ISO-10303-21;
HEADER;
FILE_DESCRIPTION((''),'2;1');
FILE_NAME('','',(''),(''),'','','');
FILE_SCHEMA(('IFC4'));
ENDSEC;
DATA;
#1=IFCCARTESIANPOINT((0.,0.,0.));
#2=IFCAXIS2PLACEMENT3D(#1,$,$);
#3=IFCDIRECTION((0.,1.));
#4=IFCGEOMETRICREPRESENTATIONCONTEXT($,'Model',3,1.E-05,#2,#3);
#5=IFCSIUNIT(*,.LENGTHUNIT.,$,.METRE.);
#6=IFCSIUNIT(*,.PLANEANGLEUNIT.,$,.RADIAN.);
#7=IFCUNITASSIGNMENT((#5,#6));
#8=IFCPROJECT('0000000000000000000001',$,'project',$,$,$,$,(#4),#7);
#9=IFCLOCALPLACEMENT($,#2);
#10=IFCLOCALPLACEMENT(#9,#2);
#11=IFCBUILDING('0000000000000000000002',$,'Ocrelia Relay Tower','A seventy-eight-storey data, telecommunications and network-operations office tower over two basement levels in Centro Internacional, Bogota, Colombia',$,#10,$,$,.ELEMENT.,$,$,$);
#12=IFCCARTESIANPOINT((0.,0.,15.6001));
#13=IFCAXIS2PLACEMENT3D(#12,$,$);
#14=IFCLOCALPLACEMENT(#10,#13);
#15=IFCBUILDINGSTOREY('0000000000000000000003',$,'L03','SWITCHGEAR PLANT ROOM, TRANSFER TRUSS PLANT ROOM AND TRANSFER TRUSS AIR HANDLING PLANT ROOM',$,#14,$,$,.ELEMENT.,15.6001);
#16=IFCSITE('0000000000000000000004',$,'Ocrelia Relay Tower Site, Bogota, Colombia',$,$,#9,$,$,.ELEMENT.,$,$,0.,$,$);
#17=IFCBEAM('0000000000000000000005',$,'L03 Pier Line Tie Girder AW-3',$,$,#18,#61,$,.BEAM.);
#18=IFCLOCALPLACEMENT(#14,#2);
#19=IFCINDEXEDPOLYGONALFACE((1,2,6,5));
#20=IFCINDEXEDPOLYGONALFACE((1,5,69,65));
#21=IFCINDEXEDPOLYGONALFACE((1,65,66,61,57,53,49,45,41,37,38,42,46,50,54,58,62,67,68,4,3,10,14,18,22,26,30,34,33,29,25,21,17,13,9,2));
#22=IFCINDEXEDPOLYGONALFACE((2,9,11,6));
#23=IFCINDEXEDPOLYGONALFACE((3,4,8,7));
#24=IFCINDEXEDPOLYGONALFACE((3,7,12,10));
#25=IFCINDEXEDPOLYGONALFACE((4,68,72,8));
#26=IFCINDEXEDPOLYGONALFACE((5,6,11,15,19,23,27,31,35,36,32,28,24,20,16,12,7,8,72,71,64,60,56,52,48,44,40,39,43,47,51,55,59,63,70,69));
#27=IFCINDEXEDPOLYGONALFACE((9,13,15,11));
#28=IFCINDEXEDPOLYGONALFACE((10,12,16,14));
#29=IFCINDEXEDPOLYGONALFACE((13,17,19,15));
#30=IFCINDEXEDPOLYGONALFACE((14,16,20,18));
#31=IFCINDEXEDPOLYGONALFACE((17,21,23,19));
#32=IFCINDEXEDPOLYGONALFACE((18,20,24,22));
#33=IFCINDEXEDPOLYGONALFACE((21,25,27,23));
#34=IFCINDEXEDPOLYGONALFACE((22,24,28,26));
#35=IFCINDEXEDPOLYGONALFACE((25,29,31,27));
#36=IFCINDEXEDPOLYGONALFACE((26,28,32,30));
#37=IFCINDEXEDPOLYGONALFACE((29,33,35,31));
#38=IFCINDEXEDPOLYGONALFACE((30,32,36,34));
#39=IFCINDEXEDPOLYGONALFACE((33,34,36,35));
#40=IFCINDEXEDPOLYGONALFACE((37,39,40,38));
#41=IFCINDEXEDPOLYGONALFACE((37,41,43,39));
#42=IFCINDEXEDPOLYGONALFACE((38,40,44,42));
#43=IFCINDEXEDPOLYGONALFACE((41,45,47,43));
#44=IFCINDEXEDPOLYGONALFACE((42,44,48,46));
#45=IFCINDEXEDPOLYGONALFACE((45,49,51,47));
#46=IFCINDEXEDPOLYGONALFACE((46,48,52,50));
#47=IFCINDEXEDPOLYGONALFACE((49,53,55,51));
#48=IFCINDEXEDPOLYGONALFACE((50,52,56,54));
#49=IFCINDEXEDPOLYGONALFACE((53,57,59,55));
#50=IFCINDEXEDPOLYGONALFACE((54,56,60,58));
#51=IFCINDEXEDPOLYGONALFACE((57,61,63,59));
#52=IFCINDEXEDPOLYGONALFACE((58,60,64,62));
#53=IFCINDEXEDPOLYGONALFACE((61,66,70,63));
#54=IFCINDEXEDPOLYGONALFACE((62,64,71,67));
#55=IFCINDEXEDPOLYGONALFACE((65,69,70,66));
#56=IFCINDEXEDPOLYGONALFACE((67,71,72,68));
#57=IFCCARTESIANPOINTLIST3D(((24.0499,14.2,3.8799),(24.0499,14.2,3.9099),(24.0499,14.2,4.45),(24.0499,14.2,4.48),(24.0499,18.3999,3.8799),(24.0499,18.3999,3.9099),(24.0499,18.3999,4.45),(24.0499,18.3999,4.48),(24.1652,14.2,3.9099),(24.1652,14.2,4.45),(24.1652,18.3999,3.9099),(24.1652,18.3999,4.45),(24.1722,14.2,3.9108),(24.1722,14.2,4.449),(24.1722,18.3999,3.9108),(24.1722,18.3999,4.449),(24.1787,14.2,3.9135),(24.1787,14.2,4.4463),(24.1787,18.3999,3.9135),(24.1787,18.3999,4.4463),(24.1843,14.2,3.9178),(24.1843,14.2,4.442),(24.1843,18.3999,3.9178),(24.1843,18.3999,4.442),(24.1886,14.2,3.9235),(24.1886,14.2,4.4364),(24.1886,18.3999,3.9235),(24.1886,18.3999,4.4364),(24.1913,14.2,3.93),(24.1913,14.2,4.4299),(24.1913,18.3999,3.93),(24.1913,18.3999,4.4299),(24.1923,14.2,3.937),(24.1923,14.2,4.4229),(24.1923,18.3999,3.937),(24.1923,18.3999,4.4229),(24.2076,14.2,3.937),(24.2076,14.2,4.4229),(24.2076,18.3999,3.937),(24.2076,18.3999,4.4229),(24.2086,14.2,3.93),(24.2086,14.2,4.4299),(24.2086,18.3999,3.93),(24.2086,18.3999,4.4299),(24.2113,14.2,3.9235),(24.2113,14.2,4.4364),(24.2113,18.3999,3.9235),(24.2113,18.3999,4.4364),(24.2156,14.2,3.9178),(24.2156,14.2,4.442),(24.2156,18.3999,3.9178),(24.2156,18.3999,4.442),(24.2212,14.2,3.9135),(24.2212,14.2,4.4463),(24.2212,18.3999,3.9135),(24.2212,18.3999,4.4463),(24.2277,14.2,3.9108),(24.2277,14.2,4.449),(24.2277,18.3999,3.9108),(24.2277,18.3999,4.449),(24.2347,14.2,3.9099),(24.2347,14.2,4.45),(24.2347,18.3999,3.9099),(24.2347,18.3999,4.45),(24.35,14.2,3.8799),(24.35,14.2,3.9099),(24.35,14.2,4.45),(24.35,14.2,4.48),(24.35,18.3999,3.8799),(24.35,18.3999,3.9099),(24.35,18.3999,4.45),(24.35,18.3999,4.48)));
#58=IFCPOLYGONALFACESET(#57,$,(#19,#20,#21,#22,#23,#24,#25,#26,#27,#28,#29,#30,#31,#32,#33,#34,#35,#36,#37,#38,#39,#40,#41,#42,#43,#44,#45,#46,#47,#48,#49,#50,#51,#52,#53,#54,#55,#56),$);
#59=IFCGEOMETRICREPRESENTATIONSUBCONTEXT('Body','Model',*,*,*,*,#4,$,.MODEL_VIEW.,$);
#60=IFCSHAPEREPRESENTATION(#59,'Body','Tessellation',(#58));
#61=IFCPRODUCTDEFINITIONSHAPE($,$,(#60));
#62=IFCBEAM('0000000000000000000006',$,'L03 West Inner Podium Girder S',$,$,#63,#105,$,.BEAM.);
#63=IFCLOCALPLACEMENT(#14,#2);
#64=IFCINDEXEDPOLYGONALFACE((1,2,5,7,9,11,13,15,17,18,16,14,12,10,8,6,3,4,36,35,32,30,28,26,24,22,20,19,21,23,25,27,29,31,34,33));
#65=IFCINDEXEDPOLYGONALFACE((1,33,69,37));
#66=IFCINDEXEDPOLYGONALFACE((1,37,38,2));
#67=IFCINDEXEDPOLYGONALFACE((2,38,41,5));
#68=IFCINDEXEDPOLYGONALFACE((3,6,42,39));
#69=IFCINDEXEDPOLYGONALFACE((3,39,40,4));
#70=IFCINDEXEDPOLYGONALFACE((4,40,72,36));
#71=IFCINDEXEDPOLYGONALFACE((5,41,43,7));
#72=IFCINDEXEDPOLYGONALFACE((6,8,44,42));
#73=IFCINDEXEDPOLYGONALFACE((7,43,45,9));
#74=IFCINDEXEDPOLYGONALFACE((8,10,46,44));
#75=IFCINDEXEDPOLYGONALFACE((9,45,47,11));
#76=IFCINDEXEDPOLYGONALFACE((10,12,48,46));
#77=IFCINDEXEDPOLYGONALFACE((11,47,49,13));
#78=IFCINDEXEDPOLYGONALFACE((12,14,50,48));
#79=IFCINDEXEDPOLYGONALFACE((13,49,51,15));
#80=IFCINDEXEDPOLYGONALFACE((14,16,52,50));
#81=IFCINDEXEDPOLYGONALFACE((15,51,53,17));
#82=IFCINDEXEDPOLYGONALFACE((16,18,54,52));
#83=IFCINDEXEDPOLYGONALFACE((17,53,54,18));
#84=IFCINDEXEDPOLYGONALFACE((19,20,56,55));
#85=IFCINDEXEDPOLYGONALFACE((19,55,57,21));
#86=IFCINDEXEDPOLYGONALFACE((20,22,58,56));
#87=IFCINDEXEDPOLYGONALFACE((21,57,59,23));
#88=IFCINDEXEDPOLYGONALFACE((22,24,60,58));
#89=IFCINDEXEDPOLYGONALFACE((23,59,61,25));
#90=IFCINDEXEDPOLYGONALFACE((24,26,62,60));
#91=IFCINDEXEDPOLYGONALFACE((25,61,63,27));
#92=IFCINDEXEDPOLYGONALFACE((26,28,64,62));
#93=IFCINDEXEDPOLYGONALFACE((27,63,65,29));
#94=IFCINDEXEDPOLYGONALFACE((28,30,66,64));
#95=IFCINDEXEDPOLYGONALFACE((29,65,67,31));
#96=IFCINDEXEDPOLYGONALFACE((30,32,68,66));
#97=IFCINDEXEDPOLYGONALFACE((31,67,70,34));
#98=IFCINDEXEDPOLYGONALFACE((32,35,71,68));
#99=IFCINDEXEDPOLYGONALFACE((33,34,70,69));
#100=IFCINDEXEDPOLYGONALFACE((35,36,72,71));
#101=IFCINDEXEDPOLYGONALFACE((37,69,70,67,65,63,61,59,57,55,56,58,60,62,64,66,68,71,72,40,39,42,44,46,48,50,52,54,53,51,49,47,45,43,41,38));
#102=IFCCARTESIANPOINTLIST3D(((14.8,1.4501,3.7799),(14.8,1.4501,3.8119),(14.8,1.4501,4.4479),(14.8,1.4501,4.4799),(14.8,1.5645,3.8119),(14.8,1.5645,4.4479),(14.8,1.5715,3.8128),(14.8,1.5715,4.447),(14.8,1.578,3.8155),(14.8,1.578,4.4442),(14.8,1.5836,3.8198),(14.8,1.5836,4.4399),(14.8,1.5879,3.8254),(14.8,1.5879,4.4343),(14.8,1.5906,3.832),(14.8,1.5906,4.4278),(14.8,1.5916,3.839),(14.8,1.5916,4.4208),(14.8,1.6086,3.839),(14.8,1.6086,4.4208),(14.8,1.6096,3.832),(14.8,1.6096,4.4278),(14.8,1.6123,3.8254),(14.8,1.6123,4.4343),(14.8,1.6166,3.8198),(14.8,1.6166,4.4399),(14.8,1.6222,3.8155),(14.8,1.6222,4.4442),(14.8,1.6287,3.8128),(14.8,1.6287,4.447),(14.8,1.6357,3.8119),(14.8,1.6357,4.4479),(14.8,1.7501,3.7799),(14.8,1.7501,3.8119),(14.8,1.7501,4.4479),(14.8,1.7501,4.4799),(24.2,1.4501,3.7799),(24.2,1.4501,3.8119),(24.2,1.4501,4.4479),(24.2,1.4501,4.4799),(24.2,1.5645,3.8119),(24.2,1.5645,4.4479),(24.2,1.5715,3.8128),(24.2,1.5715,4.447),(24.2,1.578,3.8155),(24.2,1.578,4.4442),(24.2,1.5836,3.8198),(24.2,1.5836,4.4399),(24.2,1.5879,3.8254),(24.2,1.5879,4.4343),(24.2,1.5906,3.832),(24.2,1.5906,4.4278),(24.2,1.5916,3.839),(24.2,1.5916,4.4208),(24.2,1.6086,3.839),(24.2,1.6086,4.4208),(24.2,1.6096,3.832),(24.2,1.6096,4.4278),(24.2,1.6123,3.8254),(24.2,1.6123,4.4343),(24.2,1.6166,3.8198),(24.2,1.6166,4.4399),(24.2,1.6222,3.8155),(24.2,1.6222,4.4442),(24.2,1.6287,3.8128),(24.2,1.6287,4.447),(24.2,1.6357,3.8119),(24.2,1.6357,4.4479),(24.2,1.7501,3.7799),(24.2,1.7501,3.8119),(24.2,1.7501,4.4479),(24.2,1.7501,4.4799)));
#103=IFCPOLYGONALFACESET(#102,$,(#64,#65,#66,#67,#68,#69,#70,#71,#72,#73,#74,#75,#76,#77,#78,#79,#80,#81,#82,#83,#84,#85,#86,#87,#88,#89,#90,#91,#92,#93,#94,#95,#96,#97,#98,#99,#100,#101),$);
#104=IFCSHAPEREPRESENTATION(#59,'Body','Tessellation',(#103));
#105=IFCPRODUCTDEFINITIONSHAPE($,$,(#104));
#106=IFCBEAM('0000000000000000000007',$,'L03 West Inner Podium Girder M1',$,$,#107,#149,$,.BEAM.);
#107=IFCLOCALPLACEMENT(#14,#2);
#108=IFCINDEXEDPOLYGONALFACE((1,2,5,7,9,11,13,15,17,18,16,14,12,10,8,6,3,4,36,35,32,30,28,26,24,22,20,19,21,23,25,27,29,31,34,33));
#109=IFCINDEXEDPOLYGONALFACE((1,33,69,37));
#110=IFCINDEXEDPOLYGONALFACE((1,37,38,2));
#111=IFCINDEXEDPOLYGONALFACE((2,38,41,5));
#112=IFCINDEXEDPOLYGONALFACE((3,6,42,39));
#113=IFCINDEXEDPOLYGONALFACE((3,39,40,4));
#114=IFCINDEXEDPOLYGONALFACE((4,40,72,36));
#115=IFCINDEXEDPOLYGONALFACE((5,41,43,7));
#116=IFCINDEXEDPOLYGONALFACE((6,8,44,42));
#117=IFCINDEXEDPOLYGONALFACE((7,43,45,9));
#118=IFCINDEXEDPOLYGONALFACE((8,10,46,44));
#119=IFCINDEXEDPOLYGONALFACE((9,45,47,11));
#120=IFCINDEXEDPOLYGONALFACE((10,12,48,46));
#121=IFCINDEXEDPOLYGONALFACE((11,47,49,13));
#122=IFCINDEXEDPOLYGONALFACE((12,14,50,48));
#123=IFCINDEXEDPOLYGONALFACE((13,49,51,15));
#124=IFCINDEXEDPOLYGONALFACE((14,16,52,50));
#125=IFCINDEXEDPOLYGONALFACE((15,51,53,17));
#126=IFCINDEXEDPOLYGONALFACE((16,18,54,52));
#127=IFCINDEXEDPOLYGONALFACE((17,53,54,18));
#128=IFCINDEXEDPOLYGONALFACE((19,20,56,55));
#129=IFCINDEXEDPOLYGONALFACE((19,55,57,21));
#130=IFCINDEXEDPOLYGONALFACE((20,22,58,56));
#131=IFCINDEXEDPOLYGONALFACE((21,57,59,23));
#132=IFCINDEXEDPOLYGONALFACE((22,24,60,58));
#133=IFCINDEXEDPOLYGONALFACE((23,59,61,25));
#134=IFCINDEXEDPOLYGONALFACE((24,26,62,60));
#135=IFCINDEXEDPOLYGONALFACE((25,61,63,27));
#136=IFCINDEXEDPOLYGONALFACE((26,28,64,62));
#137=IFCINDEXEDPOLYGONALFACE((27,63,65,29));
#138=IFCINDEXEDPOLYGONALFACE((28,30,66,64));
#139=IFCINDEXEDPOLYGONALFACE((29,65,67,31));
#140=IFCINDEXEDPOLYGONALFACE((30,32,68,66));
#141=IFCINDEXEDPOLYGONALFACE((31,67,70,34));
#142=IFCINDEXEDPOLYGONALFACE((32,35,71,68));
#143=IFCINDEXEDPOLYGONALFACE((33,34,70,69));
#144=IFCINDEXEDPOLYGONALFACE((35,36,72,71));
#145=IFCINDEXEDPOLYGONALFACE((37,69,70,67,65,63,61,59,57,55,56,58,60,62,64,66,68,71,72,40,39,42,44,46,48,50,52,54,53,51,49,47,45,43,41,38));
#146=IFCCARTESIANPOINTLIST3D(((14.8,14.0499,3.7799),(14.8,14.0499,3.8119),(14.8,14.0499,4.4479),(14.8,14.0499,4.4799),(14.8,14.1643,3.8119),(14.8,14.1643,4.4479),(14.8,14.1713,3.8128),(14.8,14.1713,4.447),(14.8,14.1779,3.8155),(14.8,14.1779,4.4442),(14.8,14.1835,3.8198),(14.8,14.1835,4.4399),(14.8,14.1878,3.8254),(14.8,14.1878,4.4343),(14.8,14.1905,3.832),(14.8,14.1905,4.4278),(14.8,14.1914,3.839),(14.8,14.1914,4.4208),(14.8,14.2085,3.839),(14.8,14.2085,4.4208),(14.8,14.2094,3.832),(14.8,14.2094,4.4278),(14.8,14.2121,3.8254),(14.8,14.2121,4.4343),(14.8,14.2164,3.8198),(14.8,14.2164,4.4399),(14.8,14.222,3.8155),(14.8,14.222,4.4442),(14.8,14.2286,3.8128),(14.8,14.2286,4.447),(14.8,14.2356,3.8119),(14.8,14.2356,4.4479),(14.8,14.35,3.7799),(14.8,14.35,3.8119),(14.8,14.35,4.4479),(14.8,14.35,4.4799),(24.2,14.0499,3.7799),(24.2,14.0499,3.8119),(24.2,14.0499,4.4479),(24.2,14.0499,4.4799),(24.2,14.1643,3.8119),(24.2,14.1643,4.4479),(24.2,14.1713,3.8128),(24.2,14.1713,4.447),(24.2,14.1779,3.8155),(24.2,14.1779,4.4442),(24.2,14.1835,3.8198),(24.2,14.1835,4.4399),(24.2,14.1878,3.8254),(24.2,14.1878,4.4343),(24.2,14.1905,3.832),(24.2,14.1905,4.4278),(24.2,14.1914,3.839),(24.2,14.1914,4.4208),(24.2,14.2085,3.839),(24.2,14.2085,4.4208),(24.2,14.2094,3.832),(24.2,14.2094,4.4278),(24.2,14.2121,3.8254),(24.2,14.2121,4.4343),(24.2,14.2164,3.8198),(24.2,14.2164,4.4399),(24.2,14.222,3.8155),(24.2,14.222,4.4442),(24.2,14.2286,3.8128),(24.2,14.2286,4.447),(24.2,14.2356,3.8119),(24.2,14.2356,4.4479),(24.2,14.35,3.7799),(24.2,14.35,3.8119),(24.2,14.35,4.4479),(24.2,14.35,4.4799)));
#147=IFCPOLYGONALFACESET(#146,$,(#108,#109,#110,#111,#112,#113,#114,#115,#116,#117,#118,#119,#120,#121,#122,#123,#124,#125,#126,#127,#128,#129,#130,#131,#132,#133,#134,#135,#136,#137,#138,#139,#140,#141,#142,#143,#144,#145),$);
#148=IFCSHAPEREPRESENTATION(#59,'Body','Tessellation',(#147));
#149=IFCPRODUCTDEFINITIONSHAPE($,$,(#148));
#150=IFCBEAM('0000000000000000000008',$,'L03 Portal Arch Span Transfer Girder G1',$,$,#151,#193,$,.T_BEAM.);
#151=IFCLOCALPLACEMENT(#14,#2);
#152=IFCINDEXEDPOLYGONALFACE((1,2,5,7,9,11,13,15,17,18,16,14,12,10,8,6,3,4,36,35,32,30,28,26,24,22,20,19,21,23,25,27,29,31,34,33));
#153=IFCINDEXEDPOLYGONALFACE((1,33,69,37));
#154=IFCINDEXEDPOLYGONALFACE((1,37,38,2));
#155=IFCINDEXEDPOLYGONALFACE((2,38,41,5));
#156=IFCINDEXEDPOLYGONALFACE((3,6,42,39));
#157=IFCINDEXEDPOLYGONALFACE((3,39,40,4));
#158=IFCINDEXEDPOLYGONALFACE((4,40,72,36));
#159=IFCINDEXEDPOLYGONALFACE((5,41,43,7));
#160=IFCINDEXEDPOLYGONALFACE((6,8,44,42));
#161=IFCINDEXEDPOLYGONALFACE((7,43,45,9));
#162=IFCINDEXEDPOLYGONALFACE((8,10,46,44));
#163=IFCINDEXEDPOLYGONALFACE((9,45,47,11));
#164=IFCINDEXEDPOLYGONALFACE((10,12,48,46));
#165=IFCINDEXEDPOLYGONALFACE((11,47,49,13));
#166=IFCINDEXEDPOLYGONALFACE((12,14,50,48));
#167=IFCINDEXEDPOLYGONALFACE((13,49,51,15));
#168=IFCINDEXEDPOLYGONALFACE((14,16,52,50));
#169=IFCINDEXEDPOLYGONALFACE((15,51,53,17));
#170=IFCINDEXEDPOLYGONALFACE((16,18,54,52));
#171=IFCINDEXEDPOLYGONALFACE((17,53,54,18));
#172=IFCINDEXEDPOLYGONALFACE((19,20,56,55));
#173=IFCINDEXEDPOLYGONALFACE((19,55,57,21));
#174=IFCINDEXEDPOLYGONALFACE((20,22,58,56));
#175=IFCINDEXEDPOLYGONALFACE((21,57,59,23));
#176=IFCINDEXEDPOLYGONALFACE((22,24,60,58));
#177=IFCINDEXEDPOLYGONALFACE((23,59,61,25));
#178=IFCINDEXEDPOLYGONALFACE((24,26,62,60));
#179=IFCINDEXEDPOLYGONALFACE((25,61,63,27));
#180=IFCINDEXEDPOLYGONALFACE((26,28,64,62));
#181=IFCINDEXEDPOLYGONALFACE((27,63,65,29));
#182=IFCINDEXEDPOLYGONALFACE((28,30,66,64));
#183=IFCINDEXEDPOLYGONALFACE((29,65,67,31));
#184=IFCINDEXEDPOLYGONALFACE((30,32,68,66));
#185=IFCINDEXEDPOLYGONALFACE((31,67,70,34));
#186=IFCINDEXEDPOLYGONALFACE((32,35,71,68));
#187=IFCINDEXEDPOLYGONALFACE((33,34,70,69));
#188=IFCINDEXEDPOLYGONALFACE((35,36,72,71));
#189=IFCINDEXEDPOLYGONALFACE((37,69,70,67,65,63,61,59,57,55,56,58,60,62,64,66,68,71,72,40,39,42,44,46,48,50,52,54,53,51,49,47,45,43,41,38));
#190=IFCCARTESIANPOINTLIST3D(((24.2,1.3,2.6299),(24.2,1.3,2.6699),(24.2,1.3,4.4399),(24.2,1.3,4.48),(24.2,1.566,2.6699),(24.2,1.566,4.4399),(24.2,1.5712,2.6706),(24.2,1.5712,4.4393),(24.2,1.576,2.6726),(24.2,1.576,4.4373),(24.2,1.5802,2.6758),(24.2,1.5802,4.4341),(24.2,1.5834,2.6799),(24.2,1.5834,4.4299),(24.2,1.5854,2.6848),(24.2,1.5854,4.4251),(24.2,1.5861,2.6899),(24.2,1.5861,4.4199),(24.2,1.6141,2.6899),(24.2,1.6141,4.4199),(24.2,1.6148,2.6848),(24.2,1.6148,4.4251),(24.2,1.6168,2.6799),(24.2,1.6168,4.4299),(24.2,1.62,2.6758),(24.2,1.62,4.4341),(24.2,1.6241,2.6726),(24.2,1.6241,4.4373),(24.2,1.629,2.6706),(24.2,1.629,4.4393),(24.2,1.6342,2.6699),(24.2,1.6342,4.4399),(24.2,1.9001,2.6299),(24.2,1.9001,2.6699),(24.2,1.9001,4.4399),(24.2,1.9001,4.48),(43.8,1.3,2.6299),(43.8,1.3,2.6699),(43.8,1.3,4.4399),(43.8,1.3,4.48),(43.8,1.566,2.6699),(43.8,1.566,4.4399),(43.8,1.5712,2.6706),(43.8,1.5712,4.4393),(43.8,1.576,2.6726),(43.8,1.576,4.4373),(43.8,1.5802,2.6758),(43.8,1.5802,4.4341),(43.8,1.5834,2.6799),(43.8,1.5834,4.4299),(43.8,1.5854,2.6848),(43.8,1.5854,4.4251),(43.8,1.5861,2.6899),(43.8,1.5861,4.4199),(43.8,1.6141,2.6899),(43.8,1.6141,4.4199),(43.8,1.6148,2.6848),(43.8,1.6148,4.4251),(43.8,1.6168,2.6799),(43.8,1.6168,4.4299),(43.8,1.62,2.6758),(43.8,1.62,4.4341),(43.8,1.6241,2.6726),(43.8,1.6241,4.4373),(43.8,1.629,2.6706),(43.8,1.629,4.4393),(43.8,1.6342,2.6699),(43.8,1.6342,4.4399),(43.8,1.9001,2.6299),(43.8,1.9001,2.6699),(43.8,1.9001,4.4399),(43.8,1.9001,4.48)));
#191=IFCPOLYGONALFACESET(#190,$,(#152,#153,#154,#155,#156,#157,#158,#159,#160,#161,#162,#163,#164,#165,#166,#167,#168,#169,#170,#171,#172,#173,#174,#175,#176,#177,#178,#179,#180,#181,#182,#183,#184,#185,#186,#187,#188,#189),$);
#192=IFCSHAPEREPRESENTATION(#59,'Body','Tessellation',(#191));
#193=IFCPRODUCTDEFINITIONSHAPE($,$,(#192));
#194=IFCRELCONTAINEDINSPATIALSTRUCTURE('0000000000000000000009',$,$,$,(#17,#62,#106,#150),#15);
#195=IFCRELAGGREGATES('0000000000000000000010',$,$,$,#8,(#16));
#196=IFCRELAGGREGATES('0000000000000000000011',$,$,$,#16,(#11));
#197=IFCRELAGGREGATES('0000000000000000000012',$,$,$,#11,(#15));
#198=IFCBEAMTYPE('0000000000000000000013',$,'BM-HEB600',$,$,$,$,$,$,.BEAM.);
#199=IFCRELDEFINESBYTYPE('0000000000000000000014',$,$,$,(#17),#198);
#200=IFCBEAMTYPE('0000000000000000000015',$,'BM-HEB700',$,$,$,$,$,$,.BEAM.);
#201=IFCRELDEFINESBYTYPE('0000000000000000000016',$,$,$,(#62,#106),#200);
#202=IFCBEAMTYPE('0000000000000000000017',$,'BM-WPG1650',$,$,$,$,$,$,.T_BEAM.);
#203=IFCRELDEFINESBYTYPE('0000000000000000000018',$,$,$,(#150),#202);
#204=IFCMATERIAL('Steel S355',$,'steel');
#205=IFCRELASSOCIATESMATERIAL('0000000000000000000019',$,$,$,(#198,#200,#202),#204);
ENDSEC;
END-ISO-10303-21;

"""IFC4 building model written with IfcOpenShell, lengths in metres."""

from ifc_helpers import new_model, si_unit, direction, frame, origin, origin_2d, place, context, subcontext, project, spatial, i_section, extrude, material, material_profile, profile_set, type_object, element, save


model = new_model("IFC4")

# Units and contexts
model_context = context("Model", 3, precision=1e-05, world=origin(), true_north=direction((0.0, 1.0)))
body_context = subcontext(model_context, "Body", "Model", "MODEL_VIEW")
ifc_project = project(units=[si_unit("LENGTHUNIT", "METRE"), si_unit("PLANEANGLEUNIT", "RADIAN")], contexts=[model_context])

# Site, building, storey
site_placement = place(None, origin())
site = spatial("IfcSite", under=ifc_project, at=site_placement, Name="Ocrelia Relay Tower Site, Bogota, Colombia", CompositionType="ELEMENT", RefElevation=0.0)
building_placement = place(site_placement, origin())
building = spatial("IfcBuilding", under=site, at=building_placement, Name="Ocrelia Relay Tower", Description="A seventy-eight-storey data, telecommunications and network-operations office tower over two basement levels in Centro Internacional, Bogota, Colombia", CompositionType="ELEMENT")
storey_placement = place(building_placement, frame((0.0, 0.0, 15.6001)))
storey = spatial("IfcBuildingStorey", under=building, at=storey_placement, Name="L03", Description="SWITCHGEAR PLANT ROOM, TRANSFER TRUSS PLANT ROOM AND TRANSFER TRUSS AIR HANDLING PLANT ROOM", CompositionType="ELEMENT", Elevation=15.6001)

# Beams
ifc_material_1 = material(Name="Steel S355", Category="steel")
ifc_material_profile_1 = material_profile(ifc_material_1, i_section(OverallWidth=0.3, OverallDepth=0.6001, WebThickness=0.0154, FlangeThickness=0.03, FilletRadius=0.0271, at=origin_2d()), Name="HEB 600")
ifc_profile_set_1 = profile_set([ifc_material_profile_1], Name="Steel S355")
beam_type_1 = type_object("IfcBeamType", Name="BM-HEB600", PredefinedType="BEAM", material=ifc_profile_set_1)
beam_1_placement = place(storey_placement, frame((24.2, 14.2, 4.1799), z_axis=(0.0, 1.0, 0.0), x_axis=(-1.0, 0.0, 0.0)))
element("IfcBeam", 1, at=beam_1_placement, inside=storey, type_object=beam_type_1, Name="L03 Pier Line Tie Girder AW-3", PredefinedType="BEAM", context=body_context, shape_type="SweptSolid", body=[
    extrude(i_section(OverallWidth=0.3, OverallDepth=0.6001, WebThickness=0.0154, FlangeThickness=0.03, FilletRadius=0.0271, at=origin_2d()), origin(), (0.0, 0.0, 1.0), 4.2),
])
ifc_material_profile_2 = material_profile(ifc_material_1, i_section(OverallWidth=0.3, OverallDepth=0.7, WebThickness=0.0171, FlangeThickness=0.032, FilletRadius=0.0271, at=origin_2d()), Name="HEB 700")
ifc_profile_set_2 = profile_set([ifc_material_profile_2], Name="Steel S355")
beam_type_2 = type_object("IfcBeamType", Name="BM-HEB700", PredefinedType="BEAM", material=ifc_profile_set_2)
for number, where, z_axis, x_axis, name in (
    (2, (14.8, 1.6001, 4.1299), (1.0, 0.0, 0.0), (0.0, 1.0, 0.0), "L03 West Inner Podium Girder S"),
    (3, (14.8, 14.2, 4.1299), (1.0, 0.0, 0.0), (0.0, 1.0, 0.0), "L03 West Inner Podium Girder M1"),
):
    element("IfcBeam", number, at=place(storey_placement, frame(where, z_axis=z_axis, x_axis=x_axis)), inside=storey, type_object=beam_type_2, Name=name, PredefinedType="BEAM", context=body_context, shape_type="SweptSolid", body=[
        extrude(i_section(OverallWidth=0.3, OverallDepth=0.7, WebThickness=0.0171, FlangeThickness=0.032, FilletRadius=0.0271, at=origin_2d()), origin(), (0.0, 0.0, 1.0), 9.3999),
    ])
ifc_material_profile_3 = material_profile(ifc_material_1, i_section(OverallWidth=0.6001, OverallDepth=1.8501, WebThickness=0.0281, FlangeThickness=0.04, FilletRadius=0.02, at=origin_2d()), Name="WPG 1850x600")
ifc_profile_set_3 = profile_set([ifc_material_profile_3], Name="Steel S355")
beam_type_3 = type_object("IfcBeamType", Name="BM-WPG1650", PredefinedType="T_BEAM", material=ifc_profile_set_3)
for number, where, z_axis, x_axis, name in (
    (4, (24.2, 1.6001, 3.5549), (1.0, 0.0, 0.0), (0.0, 1.0, 0.0), "L03 Portal Arch Span Transfer Girder G1"),
):
    element("IfcBeam", number, at=place(storey_placement, frame(where, z_axis=z_axis, x_axis=x_axis)), inside=storey, type_object=beam_type_3, Name=name, PredefinedType="T_BEAM", context=body_context, shape_type="SweptSolid", body=[
        extrude(i_section(OverallWidth=0.6001, OverallDepth=1.8501, WebThickness=0.0281, FlangeThickness=0.04, FilletRadius=0.02, at=origin_2d()), origin(), (0.0, 0.0, 1.0), 19.6001),
    ])

save(model, "model.ifc")
